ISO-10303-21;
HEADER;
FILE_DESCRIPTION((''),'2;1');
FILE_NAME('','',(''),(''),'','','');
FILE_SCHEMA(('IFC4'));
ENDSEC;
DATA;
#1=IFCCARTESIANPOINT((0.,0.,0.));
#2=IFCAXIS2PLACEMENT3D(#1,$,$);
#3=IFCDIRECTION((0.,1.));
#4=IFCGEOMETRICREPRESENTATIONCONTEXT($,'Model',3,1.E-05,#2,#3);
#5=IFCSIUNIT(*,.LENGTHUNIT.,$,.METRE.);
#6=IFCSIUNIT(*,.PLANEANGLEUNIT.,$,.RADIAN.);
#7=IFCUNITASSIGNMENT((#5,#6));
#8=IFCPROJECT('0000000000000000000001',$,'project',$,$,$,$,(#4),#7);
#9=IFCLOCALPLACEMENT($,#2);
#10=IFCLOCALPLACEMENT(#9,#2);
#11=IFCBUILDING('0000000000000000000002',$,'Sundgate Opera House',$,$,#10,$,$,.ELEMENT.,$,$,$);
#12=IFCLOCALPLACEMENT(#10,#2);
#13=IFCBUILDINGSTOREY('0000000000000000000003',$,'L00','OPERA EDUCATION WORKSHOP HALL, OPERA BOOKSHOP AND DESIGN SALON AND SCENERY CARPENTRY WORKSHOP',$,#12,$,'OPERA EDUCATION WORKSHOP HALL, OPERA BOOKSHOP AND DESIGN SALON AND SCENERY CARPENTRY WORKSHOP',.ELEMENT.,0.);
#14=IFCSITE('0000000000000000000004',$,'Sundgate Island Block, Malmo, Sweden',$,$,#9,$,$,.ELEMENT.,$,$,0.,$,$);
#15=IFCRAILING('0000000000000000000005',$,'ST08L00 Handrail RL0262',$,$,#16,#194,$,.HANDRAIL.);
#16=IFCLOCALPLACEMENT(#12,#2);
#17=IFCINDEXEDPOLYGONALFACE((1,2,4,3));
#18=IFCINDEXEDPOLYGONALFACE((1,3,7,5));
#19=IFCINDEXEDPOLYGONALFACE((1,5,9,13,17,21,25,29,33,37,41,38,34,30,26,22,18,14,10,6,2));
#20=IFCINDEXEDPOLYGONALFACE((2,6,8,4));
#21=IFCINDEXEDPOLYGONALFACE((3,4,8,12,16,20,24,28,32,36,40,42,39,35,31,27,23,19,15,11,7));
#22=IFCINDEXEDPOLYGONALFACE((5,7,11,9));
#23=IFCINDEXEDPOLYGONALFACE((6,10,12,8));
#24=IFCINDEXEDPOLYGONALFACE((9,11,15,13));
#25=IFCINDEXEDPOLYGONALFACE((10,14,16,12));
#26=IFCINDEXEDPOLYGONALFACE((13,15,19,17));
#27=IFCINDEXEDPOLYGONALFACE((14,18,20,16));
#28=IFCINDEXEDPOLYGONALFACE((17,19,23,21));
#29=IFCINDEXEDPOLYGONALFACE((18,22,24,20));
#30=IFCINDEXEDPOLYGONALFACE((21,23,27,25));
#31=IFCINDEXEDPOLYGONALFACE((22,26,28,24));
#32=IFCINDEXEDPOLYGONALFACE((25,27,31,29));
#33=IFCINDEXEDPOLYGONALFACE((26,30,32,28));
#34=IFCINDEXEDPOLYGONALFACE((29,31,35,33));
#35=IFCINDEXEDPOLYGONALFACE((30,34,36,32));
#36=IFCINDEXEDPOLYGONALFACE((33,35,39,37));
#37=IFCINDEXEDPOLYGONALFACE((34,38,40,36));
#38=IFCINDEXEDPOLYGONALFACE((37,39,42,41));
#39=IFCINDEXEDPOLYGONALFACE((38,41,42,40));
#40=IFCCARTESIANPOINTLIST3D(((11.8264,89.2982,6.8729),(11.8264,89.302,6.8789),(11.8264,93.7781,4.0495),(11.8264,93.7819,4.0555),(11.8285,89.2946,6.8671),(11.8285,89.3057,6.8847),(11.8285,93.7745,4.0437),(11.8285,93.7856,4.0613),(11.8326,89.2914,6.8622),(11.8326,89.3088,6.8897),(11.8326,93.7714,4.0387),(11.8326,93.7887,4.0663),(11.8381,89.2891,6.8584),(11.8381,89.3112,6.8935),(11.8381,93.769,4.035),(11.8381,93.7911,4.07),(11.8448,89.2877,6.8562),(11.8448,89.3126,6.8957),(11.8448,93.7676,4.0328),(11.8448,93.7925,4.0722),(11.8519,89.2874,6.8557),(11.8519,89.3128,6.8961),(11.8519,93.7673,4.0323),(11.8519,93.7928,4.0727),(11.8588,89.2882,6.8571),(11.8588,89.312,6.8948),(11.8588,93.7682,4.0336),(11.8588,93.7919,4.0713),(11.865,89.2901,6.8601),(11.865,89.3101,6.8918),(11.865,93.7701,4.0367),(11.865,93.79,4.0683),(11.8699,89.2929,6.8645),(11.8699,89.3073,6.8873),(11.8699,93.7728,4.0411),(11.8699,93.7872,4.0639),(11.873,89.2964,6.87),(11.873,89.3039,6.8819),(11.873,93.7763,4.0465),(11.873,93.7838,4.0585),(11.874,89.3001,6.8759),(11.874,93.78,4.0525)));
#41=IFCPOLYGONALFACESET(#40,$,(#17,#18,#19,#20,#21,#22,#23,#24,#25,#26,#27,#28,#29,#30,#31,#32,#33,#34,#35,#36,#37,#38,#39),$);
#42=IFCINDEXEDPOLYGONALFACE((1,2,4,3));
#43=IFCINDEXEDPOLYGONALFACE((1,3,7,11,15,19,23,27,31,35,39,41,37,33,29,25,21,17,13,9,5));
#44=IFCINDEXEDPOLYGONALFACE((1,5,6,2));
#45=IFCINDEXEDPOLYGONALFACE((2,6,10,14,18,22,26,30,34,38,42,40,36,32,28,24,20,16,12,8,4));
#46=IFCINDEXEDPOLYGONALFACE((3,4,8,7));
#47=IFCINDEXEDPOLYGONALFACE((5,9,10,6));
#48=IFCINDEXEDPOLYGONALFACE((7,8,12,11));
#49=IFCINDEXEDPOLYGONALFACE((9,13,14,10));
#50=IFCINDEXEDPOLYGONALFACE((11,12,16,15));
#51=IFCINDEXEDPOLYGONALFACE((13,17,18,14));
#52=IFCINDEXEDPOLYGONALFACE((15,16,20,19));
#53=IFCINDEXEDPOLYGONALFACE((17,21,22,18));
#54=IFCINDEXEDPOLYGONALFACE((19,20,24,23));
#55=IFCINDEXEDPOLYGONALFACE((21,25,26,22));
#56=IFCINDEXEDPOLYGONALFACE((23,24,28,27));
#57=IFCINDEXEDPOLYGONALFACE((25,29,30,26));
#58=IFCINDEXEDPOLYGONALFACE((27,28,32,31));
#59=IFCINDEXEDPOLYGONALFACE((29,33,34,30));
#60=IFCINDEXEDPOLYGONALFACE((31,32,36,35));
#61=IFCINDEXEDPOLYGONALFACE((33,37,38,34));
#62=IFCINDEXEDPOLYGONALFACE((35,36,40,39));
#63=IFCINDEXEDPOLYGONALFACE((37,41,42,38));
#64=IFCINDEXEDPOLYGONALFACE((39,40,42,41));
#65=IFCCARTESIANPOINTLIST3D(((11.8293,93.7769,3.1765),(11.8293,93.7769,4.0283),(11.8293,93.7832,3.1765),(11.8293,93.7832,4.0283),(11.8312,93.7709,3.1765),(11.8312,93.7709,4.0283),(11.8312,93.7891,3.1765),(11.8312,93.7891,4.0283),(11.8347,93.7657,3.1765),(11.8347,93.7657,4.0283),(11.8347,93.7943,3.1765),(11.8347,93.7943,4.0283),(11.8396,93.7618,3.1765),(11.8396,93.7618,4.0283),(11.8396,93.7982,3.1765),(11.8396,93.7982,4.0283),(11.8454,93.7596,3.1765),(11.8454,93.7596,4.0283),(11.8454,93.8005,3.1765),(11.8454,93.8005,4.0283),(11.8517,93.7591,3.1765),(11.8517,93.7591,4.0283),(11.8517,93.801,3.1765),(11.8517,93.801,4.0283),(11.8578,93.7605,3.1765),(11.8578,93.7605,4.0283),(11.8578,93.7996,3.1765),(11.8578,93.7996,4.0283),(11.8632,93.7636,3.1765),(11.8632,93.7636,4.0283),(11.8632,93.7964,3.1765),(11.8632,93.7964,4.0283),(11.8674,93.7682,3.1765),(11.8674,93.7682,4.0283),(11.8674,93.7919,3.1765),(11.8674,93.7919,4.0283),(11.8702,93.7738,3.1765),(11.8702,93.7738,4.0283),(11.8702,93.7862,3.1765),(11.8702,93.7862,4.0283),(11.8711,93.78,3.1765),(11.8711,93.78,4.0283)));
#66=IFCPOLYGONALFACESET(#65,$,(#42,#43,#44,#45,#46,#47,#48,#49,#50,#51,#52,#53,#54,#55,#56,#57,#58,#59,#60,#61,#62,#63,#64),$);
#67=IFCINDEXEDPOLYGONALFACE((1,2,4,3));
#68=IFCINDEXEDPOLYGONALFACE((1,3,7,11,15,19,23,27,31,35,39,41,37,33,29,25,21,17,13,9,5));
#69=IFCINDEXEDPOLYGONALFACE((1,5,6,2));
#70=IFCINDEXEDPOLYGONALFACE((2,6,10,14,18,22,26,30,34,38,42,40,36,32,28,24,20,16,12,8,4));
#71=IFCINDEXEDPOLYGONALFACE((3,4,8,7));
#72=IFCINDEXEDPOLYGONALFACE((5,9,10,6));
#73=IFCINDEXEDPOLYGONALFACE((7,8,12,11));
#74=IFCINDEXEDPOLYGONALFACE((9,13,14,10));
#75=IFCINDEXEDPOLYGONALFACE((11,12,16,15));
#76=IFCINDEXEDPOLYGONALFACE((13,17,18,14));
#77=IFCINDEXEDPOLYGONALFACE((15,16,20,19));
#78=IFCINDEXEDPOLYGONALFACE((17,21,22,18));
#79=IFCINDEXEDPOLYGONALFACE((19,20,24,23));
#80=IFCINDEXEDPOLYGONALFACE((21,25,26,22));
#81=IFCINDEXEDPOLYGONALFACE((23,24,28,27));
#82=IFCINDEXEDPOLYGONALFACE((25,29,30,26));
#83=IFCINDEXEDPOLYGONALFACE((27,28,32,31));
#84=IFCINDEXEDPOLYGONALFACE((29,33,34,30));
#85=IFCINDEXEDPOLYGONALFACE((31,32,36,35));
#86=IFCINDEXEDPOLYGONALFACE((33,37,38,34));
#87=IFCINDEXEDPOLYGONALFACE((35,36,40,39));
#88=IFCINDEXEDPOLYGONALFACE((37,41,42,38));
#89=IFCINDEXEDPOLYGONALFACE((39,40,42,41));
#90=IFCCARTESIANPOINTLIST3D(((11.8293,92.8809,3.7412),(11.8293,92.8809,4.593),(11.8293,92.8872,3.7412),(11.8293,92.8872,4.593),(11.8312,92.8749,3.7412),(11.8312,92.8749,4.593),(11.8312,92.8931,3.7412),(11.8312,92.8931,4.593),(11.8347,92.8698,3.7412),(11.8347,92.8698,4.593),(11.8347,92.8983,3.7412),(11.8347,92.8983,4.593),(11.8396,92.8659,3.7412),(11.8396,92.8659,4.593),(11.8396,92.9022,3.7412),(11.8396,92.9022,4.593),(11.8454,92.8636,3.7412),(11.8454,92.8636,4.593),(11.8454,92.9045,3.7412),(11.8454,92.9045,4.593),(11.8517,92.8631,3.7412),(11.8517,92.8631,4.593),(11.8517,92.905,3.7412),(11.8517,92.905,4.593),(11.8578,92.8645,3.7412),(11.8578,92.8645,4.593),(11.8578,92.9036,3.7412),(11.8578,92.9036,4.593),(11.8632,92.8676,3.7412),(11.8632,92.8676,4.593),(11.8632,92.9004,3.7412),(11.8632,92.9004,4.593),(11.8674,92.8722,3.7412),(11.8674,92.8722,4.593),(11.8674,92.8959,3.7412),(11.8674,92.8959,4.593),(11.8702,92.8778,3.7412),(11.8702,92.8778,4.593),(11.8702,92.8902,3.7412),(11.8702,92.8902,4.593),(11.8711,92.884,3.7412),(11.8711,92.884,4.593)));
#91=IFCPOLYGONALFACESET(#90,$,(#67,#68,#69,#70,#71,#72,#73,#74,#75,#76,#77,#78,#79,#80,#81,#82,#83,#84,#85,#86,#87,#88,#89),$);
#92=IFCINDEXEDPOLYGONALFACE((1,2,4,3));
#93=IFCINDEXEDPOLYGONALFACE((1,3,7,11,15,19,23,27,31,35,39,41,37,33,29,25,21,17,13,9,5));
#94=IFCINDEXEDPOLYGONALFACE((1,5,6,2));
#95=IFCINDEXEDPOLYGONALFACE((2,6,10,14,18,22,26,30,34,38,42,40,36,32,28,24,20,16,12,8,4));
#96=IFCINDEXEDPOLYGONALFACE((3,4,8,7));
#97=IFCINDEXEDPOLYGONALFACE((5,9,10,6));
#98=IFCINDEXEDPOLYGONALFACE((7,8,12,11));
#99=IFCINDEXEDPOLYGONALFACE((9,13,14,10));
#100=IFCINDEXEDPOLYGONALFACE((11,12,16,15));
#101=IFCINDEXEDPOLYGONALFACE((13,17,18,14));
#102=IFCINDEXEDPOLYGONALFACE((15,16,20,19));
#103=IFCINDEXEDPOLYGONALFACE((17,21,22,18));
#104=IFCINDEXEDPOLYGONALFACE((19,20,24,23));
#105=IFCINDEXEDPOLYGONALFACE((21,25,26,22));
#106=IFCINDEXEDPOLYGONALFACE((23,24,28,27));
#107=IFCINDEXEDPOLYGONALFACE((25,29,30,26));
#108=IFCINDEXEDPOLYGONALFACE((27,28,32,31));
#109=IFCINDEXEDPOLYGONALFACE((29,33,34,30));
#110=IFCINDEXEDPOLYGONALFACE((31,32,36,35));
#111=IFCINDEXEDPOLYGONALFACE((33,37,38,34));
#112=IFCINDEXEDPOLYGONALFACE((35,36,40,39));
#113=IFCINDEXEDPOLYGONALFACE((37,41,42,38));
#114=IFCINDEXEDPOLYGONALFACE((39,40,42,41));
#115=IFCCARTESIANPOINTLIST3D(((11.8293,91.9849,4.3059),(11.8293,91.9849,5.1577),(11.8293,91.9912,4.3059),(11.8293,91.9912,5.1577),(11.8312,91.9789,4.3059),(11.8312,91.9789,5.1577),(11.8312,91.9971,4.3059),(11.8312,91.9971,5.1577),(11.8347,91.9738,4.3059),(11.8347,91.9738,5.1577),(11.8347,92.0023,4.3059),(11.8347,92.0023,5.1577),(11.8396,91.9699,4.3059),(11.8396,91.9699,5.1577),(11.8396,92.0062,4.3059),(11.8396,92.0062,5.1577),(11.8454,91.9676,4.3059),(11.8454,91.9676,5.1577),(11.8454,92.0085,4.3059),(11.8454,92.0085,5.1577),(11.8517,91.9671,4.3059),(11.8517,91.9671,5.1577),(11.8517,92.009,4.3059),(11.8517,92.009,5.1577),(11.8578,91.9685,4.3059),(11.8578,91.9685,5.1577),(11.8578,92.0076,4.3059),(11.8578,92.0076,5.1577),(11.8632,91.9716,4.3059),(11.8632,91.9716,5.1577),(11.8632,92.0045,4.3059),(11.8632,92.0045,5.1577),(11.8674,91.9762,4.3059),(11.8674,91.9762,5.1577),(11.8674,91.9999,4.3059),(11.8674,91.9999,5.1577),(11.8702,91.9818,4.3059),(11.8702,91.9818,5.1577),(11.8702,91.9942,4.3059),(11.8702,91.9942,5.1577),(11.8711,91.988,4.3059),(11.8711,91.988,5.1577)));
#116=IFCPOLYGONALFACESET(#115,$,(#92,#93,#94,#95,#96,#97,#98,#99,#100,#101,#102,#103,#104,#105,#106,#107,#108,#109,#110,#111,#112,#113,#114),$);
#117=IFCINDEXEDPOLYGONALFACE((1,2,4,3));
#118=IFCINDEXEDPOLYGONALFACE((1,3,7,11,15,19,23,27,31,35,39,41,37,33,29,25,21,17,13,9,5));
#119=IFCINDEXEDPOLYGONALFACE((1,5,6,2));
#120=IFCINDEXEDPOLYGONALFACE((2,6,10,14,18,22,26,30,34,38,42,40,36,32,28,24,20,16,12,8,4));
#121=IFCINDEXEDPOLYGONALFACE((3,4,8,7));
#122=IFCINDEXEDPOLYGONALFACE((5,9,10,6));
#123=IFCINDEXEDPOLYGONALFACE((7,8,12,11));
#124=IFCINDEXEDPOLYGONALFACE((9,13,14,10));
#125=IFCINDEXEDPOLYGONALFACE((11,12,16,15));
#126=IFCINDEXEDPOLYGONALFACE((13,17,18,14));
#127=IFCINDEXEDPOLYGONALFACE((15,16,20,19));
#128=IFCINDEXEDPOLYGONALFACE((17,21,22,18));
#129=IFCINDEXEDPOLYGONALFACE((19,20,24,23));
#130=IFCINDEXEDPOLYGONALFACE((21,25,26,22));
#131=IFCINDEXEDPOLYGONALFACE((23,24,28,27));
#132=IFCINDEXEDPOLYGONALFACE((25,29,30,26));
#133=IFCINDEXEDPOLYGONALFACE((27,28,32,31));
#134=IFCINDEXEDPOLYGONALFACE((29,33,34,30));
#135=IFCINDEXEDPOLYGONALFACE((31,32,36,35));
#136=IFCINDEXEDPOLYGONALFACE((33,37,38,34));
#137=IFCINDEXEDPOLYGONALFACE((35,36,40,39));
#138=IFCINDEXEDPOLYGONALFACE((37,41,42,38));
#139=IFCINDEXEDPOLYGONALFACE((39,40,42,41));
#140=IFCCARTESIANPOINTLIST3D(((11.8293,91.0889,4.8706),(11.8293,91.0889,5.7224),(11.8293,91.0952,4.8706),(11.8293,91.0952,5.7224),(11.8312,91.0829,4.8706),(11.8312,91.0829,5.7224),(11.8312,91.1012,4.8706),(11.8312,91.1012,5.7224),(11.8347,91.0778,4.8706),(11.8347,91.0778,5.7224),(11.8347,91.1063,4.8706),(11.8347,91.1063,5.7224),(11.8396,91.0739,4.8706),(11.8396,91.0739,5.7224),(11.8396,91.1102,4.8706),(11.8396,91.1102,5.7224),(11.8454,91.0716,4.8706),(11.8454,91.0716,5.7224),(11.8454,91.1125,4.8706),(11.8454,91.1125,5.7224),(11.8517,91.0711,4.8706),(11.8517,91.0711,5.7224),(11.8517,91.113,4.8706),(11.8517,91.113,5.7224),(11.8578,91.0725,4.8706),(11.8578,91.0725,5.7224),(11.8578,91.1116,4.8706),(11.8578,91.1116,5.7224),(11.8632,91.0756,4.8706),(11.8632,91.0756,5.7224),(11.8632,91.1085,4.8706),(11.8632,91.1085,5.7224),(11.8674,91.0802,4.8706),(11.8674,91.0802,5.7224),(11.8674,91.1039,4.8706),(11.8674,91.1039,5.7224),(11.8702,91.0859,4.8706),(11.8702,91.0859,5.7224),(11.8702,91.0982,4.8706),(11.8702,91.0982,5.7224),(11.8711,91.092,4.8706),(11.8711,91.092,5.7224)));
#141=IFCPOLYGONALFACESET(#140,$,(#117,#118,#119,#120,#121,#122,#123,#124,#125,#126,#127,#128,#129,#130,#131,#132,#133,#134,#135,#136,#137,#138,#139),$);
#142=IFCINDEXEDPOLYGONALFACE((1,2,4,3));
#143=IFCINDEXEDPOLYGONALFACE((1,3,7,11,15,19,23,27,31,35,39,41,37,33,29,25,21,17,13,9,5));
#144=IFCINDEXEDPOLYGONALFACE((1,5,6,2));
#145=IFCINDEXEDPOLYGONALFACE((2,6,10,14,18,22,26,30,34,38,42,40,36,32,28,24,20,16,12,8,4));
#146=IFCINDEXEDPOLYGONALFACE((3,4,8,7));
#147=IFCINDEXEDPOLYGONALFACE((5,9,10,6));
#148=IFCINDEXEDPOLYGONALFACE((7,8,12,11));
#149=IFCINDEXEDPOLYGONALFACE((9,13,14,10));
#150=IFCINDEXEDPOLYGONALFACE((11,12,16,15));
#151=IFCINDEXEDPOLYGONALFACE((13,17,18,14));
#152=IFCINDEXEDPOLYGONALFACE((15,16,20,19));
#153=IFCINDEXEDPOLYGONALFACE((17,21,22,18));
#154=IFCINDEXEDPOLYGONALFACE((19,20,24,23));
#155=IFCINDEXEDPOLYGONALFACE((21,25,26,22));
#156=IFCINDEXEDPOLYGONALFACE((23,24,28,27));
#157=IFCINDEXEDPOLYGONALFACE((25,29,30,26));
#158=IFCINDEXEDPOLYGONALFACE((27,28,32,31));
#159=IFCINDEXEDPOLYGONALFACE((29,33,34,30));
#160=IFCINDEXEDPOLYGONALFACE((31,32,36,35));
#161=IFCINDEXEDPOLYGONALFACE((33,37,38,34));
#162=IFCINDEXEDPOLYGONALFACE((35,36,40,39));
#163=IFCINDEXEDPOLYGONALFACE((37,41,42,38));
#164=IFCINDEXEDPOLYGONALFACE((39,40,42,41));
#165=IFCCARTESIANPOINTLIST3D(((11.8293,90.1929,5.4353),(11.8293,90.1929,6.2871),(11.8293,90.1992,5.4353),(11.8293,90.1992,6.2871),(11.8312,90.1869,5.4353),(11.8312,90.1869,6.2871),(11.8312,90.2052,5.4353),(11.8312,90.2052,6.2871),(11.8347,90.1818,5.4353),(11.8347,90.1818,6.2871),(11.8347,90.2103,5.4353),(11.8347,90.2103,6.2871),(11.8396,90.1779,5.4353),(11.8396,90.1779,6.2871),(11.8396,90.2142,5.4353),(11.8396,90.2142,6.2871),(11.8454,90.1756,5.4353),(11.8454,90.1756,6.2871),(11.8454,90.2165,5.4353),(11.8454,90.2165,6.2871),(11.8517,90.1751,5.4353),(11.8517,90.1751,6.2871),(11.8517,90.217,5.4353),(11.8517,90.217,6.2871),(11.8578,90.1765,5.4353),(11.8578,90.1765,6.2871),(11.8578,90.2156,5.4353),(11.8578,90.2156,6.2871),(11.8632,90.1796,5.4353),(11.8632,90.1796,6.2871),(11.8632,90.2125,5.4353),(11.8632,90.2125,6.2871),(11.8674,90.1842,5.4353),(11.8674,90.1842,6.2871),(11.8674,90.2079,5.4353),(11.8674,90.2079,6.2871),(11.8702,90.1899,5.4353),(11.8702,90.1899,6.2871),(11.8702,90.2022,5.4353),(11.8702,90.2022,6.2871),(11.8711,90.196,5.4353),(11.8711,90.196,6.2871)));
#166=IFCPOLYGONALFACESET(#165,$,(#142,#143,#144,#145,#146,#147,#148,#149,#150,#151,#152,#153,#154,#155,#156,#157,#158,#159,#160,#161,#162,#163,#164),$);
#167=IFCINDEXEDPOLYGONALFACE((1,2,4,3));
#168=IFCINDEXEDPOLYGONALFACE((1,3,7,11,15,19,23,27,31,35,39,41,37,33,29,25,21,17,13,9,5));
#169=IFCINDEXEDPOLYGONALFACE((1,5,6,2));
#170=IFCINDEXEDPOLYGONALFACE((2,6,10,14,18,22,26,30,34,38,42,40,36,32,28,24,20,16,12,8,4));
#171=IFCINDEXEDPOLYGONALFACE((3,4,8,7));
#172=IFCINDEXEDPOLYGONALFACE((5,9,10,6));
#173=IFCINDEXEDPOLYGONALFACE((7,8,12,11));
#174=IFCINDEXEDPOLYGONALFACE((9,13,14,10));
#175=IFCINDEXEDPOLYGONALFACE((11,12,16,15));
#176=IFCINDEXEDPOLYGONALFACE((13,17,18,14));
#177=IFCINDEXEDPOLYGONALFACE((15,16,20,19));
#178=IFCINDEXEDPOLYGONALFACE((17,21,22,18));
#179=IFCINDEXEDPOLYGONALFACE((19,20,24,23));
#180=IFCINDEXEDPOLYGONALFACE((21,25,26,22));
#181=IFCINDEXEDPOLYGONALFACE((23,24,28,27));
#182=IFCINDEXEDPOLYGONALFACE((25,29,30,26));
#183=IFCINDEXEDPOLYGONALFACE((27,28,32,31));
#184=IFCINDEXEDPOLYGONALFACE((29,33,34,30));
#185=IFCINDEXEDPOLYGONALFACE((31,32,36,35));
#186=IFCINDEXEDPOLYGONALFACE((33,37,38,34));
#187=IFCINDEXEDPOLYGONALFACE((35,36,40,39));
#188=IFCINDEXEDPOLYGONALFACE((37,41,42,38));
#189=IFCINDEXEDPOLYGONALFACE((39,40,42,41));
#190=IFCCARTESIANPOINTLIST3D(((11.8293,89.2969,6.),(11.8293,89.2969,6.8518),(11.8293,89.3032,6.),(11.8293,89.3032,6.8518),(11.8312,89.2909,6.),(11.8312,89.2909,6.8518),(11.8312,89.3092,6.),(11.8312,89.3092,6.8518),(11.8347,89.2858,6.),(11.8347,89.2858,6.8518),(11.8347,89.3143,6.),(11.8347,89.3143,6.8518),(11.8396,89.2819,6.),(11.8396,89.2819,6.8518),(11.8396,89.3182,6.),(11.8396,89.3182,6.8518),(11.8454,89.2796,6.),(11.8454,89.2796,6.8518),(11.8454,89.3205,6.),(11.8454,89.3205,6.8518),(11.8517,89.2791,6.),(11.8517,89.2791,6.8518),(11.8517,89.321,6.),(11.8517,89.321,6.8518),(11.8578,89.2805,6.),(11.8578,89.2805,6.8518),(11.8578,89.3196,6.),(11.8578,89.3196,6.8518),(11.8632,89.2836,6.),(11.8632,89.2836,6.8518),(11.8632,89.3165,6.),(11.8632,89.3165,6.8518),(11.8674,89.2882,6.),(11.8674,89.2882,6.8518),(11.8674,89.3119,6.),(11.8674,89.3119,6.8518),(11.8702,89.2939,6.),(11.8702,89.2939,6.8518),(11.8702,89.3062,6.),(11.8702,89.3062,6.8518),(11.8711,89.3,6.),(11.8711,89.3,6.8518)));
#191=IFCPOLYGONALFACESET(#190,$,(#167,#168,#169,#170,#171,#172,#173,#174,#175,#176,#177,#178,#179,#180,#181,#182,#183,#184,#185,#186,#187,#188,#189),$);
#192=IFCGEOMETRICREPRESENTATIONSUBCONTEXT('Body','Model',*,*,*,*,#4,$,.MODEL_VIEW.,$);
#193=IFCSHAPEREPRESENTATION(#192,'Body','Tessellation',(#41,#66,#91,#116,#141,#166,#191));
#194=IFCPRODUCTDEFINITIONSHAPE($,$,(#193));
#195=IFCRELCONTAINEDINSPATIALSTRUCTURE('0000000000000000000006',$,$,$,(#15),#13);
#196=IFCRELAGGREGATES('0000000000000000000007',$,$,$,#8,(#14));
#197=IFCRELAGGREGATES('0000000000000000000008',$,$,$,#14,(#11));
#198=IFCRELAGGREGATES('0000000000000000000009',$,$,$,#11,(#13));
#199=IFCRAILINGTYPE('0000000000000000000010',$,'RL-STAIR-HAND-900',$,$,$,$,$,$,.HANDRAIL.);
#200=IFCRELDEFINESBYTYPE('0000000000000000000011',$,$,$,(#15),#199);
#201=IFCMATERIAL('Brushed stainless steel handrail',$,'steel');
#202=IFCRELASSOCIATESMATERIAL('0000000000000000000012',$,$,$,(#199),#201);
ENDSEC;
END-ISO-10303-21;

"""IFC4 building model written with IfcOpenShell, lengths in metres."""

from ifc_helpers import new_model, si_unit, direction, frame, origin, origin_2d, place, context, subcontext, project, spatial, circle, extrude, material, type_object, element, save


model = new_model("IFC4")

# Units and contexts
model_context = context("Model", 3, precision=1e-05, world=origin(), true_north=direction((0.0, 1.0)))
body_context = subcontext(model_context, "Body", "Model", "MODEL_VIEW")
ifc_project = project(units=[si_unit("LENGTHUNIT", "METRE"), si_unit("PLANEANGLEUNIT", "RADIAN")], contexts=[model_context])

# Site, building, storey
site_placement = place(None, origin())
site = spatial("IfcSite", under=ifc_project, at=site_placement, Name="Sundgate Island Block, Malmo, Sweden", CompositionType="ELEMENT", RefElevation=0.0)
building_placement = place(site_placement, origin())
building = spatial("IfcBuilding", under=site, at=building_placement, Name="Sundgate Opera House", CompositionType="ELEMENT")
storey_placement = place(building_placement, origin())
storey = spatial("IfcBuildingStorey", under=building, at=storey_placement, Name="L00", Description="OPERA EDUCATION WORKSHOP HALL, OPERA BOOKSHOP AND DESIGN SALON AND SCENERY CARPENTRY WORKSHOP", LongName="OPERA EDUCATION WORKSHOP HALL, OPERA BOOKSHOP AND DESIGN SALON AND SCENERY CARPENTRY WORKSHOP", CompositionType="ELEMENT", Elevation=0.0)

# Railing
ifc_material_1 = material(Name="Brushed stainless steel handrail", Category="steel")
railing_type_1 = type_object("IfcRailingType", Name="RL-STAIR-HAND-900", PredefinedType="HANDRAIL", material=ifc_material_1)
railing_1_placement = place(storey_placement, frame((11.8501, 93.78, 3.1765)))
element("IfcRailing", 1, at=railing_1_placement, inside=storey, type_object=railing_type_1, Name="ST08L00 Handrail RL0262", PredefinedType="HANDRAIL", context=body_context, shape_type="SweptSolid", body=[
    extrude(circle(Radius=0.0239, at=origin_2d()), frame((0.0, 0.0, 0.876), z_axis=(0.0, -0.845998, 0.533186), x_axis=(1.0, 0.0, 0.0)), (0.0, 0.0, 1.0), 5.2954),
    extrude(circle(Radius=0.021, at=origin_2d()), origin(), (0.0, 0.0, 1.0), 0.8518),
    extrude(circle(Radius=0.021, at=origin_2d()), frame((0.0, -0.896, 0.5647)), (0.0, 0.0, 1.0), 0.8518),
    extrude(circle(Radius=0.021, at=origin_2d()), frame((0.0, -1.792, 1.1294)), (0.0, 0.0, 1.0), 0.8518),
    extrude(circle(Radius=0.021, at=origin_2d()), frame((0.0, -2.688, 1.6941)), (0.0, 0.0, 1.0), 0.8518),
    extrude(circle(Radius=0.021, at=origin_2d()), frame((0.0, -3.584, 2.2588)), (0.0, 0.0, 1.0), 0.8518),
    extrude(circle(Radius=0.021, at=origin_2d()), frame((0.0, -4.48, 2.8235)), (0.0, 0.0, 1.0), 0.8518),
])

save(model, "model.ifc")
